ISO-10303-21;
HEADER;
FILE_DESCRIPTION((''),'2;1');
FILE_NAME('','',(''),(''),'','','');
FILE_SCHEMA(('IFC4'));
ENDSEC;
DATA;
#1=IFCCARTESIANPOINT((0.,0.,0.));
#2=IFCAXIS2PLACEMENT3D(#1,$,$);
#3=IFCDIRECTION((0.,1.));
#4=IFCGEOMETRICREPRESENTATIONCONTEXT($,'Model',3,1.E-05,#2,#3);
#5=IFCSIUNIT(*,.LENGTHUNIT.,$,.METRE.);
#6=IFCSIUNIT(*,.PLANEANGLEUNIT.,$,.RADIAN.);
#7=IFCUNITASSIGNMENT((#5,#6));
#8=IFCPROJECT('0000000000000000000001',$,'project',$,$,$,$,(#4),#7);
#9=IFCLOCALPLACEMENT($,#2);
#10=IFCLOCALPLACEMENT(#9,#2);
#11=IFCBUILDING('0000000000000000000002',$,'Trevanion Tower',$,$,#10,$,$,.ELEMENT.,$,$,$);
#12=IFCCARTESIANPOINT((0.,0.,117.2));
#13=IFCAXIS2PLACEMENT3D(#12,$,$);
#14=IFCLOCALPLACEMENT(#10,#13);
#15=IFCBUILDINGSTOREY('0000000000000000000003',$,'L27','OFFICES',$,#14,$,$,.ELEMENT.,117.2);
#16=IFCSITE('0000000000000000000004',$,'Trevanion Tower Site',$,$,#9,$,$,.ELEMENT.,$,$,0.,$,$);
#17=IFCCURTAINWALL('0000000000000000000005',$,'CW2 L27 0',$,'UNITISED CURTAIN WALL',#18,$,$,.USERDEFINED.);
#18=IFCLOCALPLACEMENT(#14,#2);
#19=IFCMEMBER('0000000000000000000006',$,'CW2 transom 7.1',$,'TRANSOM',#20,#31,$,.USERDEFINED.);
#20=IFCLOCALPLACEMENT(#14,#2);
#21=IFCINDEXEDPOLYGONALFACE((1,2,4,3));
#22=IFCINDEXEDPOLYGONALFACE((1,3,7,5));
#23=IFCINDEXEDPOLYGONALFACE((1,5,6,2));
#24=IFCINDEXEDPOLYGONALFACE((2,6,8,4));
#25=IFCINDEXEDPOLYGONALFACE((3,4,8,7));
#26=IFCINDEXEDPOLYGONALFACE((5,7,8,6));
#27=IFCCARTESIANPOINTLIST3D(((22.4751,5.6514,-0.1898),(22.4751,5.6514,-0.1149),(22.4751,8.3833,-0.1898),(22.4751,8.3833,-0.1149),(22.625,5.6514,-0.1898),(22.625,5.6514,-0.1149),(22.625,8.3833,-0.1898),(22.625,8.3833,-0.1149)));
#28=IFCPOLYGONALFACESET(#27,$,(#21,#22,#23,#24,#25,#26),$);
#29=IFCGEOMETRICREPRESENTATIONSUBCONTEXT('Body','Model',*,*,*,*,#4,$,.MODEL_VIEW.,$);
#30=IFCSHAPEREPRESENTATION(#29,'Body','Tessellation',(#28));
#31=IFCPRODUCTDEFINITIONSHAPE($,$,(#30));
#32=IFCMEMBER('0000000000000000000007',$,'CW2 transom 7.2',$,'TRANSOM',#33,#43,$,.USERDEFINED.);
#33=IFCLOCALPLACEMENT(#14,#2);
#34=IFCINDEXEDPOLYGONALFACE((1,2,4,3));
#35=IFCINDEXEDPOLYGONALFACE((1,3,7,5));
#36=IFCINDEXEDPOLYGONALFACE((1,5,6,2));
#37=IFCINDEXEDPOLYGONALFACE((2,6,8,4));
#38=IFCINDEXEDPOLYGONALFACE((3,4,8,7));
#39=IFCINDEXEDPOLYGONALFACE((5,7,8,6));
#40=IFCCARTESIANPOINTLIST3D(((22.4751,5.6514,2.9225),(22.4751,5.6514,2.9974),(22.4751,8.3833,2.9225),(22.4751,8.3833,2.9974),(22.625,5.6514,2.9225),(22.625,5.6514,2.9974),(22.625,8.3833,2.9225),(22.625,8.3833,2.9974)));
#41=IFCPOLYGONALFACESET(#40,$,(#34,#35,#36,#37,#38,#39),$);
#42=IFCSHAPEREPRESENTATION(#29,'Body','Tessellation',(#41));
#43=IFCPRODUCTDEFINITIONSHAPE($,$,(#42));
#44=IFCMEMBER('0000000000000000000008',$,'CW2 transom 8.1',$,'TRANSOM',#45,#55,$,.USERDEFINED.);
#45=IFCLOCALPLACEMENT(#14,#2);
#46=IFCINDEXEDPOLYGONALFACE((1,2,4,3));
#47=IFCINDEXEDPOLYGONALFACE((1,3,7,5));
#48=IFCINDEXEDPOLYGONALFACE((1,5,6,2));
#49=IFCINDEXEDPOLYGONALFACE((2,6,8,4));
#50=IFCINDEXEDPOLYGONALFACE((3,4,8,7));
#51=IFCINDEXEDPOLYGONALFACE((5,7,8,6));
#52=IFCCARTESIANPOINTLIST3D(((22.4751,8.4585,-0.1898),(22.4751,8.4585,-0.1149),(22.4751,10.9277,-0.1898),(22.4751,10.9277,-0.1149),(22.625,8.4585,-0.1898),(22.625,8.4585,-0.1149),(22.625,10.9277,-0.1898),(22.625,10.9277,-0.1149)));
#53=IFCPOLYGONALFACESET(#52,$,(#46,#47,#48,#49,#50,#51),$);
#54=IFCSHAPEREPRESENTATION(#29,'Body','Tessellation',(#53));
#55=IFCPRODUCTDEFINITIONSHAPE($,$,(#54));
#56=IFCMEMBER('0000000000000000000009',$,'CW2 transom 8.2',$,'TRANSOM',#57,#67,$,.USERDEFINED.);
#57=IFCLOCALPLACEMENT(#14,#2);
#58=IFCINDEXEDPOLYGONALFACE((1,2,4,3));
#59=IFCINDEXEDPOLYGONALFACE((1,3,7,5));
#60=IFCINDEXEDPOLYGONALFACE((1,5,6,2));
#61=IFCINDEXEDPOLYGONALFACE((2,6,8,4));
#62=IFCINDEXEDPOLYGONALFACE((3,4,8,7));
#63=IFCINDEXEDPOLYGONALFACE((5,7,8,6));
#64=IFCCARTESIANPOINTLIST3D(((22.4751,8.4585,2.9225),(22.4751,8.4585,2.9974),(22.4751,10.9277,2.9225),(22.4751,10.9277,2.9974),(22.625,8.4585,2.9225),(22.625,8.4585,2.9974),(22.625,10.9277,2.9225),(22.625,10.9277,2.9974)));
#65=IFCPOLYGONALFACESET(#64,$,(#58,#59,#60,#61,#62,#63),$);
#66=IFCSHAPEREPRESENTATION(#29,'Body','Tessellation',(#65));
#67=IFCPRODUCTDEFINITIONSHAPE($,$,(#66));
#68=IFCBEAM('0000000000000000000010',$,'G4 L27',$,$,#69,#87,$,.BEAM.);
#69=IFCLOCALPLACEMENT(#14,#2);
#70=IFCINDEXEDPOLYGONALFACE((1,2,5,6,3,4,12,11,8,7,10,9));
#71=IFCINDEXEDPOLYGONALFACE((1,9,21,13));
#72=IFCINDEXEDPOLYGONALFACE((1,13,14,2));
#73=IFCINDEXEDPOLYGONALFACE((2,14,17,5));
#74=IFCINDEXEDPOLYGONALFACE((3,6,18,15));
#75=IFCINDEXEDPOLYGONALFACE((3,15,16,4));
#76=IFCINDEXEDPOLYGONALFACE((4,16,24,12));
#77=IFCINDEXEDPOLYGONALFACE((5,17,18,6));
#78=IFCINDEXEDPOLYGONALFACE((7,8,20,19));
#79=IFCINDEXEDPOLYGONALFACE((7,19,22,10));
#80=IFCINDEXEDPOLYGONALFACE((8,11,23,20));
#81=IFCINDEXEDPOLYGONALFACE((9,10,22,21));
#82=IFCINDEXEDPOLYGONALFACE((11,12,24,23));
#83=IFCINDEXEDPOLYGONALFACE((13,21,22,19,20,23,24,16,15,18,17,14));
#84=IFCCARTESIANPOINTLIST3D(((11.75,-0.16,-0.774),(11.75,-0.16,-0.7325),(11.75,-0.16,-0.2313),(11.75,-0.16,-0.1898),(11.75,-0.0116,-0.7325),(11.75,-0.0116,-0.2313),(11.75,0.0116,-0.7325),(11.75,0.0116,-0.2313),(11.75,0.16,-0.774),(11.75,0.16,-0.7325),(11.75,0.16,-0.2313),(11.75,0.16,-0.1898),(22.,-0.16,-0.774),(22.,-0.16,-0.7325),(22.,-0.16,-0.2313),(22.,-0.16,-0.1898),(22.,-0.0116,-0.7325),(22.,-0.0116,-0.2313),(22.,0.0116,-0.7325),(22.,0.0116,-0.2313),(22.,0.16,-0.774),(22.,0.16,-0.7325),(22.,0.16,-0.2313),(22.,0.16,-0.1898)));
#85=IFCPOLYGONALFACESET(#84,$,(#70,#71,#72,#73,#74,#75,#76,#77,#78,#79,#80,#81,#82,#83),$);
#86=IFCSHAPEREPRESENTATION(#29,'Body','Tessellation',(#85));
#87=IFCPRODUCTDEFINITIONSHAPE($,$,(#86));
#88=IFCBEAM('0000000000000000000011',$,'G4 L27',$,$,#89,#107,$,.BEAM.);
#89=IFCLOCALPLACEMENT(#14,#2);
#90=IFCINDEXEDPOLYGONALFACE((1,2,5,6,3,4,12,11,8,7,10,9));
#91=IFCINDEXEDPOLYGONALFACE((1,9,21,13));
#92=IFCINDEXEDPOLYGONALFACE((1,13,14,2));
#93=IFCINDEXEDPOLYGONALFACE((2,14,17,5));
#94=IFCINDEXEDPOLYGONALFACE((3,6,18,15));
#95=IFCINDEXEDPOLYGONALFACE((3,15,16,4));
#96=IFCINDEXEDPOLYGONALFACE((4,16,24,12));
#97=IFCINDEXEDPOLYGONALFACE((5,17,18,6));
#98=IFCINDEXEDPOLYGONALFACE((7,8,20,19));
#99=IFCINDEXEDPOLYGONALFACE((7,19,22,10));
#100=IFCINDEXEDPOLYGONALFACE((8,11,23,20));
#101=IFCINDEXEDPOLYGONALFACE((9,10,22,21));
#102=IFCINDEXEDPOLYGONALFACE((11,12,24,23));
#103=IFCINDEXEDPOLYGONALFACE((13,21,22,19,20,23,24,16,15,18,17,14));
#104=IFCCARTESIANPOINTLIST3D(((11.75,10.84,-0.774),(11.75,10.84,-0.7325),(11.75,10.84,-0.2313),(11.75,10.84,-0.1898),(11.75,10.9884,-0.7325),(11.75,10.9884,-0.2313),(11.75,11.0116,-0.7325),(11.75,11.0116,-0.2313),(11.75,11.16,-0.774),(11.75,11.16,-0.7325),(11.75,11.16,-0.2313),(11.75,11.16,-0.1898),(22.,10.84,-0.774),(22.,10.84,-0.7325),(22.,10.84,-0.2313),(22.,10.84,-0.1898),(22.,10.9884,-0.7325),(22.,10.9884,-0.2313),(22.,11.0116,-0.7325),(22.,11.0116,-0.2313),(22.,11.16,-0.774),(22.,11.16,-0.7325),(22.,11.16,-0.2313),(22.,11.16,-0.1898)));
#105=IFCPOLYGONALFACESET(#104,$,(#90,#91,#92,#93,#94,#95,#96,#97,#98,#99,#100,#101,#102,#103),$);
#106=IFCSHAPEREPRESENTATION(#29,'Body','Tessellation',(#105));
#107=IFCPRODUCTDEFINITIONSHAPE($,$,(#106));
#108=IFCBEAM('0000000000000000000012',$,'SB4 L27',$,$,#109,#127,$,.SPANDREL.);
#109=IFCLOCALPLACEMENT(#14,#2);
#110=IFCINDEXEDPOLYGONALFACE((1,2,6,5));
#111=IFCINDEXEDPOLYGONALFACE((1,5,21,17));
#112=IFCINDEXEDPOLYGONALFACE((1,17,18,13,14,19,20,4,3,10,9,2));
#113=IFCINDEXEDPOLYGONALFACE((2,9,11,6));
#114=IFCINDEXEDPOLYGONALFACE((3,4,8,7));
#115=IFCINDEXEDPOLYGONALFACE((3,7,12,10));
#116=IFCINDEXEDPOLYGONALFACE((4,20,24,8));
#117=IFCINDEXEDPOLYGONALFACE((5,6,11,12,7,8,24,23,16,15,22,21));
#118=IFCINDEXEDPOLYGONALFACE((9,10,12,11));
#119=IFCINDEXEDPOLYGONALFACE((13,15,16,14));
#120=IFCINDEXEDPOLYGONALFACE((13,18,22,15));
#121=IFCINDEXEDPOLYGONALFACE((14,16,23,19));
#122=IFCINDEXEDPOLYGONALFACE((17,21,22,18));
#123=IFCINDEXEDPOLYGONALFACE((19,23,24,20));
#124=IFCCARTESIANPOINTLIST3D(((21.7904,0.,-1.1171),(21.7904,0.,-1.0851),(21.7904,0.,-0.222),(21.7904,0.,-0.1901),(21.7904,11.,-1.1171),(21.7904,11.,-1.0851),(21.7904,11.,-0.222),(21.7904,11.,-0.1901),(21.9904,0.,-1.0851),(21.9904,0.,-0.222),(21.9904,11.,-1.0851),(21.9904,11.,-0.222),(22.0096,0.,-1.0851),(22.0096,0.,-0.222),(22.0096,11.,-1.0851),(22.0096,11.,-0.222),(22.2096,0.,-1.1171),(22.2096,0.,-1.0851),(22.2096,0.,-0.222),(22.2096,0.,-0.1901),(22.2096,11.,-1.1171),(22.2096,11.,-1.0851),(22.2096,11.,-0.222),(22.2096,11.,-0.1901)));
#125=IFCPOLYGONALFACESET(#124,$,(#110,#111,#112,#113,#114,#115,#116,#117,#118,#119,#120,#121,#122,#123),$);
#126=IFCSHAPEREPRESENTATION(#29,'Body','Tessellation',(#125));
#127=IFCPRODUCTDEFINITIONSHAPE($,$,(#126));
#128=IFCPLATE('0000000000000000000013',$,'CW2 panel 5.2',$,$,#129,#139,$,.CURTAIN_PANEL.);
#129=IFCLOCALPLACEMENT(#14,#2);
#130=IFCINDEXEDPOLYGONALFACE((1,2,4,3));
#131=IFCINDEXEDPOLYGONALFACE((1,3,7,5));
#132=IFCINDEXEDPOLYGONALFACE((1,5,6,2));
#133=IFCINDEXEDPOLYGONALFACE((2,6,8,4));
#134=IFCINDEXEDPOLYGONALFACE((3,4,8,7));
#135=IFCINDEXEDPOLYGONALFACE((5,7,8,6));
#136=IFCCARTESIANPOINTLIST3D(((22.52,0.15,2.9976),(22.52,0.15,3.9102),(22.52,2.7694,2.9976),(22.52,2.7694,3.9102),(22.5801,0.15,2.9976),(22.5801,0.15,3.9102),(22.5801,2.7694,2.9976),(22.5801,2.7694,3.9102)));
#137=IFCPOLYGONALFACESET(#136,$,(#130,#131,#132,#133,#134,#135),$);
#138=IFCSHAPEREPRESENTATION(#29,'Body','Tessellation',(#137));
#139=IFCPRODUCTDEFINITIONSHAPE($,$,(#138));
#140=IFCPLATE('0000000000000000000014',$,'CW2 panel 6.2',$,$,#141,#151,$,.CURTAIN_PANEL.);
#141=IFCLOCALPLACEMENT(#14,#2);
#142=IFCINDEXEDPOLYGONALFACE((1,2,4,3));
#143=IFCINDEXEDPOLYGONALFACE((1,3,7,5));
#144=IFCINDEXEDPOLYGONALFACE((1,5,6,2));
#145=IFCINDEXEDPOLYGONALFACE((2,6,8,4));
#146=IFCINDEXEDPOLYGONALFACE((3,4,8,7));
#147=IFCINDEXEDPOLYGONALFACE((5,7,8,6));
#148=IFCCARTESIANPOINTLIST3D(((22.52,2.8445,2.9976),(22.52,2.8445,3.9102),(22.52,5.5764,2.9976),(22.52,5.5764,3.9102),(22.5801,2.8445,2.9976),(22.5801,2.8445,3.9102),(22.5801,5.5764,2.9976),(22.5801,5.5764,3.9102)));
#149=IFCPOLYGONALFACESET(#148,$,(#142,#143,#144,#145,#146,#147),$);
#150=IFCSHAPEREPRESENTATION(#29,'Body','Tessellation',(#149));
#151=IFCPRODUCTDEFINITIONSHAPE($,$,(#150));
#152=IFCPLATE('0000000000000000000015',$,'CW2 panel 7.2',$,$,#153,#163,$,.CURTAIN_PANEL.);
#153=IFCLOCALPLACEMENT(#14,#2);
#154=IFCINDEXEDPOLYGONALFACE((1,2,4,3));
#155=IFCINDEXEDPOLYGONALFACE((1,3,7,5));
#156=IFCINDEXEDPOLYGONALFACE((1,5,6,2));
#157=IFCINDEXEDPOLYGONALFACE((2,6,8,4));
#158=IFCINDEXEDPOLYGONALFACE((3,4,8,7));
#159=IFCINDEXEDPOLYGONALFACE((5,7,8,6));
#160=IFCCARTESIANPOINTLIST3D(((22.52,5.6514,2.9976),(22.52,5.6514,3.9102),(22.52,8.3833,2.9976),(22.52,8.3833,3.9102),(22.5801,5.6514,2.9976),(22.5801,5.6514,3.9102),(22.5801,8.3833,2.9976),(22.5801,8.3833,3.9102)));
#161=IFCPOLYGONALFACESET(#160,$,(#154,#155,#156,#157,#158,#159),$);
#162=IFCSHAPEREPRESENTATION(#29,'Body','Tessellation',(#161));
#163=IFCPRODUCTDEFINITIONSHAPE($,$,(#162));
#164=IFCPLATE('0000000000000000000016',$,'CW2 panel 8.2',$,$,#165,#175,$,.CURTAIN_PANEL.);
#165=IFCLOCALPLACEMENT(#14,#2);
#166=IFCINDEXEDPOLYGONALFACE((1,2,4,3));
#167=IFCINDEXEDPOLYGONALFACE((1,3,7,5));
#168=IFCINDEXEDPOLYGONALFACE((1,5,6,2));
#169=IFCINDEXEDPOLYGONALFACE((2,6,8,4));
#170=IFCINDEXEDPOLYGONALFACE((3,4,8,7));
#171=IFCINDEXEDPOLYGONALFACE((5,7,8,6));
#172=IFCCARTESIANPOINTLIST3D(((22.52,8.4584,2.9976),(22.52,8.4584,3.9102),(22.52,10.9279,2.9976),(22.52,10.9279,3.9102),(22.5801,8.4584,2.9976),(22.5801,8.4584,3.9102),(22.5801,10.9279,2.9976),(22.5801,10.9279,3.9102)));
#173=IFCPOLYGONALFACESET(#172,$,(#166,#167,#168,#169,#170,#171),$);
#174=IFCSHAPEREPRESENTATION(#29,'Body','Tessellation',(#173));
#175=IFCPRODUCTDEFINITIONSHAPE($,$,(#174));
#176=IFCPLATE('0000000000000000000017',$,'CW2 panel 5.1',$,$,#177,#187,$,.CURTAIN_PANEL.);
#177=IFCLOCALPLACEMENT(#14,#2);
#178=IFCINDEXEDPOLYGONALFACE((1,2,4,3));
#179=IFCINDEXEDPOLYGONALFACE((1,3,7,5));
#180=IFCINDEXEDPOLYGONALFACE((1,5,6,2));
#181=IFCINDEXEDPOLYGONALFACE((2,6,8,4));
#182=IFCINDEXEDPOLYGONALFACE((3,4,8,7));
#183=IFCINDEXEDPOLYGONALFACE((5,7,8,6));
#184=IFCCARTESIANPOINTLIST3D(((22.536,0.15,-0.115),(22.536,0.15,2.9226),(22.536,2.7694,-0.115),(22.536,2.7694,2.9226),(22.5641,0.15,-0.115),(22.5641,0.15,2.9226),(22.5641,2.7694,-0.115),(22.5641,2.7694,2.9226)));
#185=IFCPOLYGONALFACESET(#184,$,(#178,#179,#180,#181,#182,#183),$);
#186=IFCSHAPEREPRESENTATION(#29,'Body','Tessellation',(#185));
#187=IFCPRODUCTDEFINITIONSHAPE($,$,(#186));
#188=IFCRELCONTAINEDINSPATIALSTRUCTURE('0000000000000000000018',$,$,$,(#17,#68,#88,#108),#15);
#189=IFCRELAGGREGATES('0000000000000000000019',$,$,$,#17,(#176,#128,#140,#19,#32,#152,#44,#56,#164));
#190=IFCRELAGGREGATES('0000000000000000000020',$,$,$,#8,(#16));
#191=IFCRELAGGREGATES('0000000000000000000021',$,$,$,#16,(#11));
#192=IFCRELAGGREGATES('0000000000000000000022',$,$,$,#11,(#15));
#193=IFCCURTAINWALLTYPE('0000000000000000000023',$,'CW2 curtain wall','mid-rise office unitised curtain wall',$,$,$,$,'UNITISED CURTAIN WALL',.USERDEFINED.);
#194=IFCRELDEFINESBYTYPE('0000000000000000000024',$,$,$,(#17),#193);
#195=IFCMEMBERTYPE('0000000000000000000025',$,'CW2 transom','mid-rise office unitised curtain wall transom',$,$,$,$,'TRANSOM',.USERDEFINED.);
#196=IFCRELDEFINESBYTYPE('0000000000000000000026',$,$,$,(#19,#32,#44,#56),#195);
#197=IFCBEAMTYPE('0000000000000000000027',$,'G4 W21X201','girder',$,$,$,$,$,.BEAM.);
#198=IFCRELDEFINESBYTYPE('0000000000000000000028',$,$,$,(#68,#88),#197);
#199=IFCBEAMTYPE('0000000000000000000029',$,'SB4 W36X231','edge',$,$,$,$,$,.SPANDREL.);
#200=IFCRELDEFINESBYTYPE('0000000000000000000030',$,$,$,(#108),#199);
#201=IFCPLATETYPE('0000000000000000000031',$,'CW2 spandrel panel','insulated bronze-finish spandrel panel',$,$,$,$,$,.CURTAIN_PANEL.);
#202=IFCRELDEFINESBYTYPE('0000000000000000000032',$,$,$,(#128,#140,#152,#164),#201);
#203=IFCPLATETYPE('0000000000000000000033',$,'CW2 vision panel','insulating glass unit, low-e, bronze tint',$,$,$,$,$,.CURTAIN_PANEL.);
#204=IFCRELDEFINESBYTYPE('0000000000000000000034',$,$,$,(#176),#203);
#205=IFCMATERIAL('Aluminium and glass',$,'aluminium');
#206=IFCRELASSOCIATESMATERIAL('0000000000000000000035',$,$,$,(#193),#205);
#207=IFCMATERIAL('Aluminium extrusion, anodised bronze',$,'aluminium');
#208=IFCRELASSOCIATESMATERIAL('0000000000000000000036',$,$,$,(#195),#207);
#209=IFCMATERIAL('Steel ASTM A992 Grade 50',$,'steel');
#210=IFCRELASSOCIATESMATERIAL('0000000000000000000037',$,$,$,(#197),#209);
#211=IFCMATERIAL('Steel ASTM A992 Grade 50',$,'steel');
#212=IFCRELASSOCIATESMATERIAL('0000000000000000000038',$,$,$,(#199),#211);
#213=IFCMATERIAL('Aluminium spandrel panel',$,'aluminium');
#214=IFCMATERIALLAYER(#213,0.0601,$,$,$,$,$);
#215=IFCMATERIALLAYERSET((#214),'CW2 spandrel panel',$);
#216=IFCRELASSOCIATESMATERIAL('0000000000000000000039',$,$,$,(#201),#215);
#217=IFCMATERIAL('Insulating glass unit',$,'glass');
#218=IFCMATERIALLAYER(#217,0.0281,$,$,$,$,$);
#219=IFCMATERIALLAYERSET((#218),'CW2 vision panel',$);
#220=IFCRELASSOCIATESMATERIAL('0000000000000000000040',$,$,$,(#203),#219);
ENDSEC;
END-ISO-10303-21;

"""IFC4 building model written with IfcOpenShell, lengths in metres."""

from ifc_helpers import new_model, si_unit, direction, frame, origin, origin_2d, place, context, subcontext, project, spatial, rectangle, i_section, extrude, material, layer, layer_set, material_profile, profile_set, type_object, element, aggregate, save


model = new_model("IFC4")

# Units and contexts
model_context = context("Model", 3, precision=1e-05, world=origin(), true_north=direction((0.0, 1.0)))
body_context = subcontext(model_context, "Body", "Model", "MODEL_VIEW")
ifc_project = project(units=[si_unit("LENGTHUNIT", "METRE"), si_unit("PLANEANGLEUNIT", "RADIAN")], contexts=[model_context])

# Site, building, storey
site_placement = place(None, origin())
site = spatial("IfcSite", under=ifc_project, at=site_placement, Name="Trevanion Tower Site", CompositionType="ELEMENT", RefElevation=0.0)
building_placement = place(site_placement, origin())
building = spatial("IfcBuilding", under=site, at=building_placement, Name="Trevanion Tower", CompositionType="ELEMENT")
storey_placement = place(building_placement, frame((0.0, 0.0, 117.2)))
storey = spatial("IfcBuildingStorey", under=building, at=storey_placement, Name="L27", Description="OFFICES", CompositionType="ELEMENT", Elevation=117.2)

# Curtain wall, members
ifc_material_1 = material(Name="Aluminium and glass", Category="aluminium")
curtain_wall_type = type_object("IfcCurtainWallType", Name="CW2 curtain wall", Description="mid-rise office unitised curtain wall", ElementType="UNITISED CURTAIN WALL", PredefinedType="USERDEFINED", material=ifc_material_1)
curtain_wall_placement = place(storey_placement, origin())
curtain_wall = element("IfcCurtainWall", 1, at=curtain_wall_placement, inside=storey, type_object=curtain_wall_type, Name="CW2 L27 0", ObjectType="UNITISED CURTAIN WALL", PredefinedType="USERDEFINED")
ifc_material_2 = material(Name="Aluminium extrusion, anodised bronze", Category="aluminium")
ifc_material_profile_1 = material_profile(ifc_material_2, rectangle(XDim=0.1499, YDim=0.075, at=origin_2d()), Name="CW2 transom")
ifc_profile_set_1 = profile_set([ifc_material_profile_1], Name="Aluminium extrusion, anodised bronze")
member_type_1 = type_object("IfcMemberType", Name="CW2 transom", Description="mid-rise office unitised curtain wall transom", ElementType="TRANSOM", PredefinedType="USERDEFINED", material=ifc_profile_set_1)
member_1_placement = place(storey_placement, frame((22.55, 5.6514, -0.1523), z_axis=(0.0, 1.0, 0.0), x_axis=(-1.0, 0.0, 0.0)))
member_1 = element("IfcMember", 2, at=member_1_placement, type_object=member_type_1, Name="CW2 transom 7.1", ObjectType="TRANSOM", PredefinedType="USERDEFINED", context=body_context, shape_type="SweptSolid", body=[
    extrude(rectangle(XDim=0.1499, YDim=0.075, at=origin_2d()), origin(), (0.0, 0.0, 1.0), 2.7319),
])
member_2_placement = place(storey_placement, frame((22.55, 5.6514, 2.96), z_axis=(0.0, 1.0, 0.0), x_axis=(-1.0, 0.0, 0.0)))
member_2 = element("IfcMember", 3, at=member_2_placement, type_object=member_type_1, Name="CW2 transom 7.2", ObjectType="TRANSOM", PredefinedType="USERDEFINED", context=body_context, shape_type="SweptSolid", body=[
    extrude(rectangle(XDim=0.1499, YDim=0.075, at=origin_2d()), origin(), (0.0, 0.0, 1.0), 2.7319),
])
member_3_placement = place(storey_placement, frame((22.55, 8.4585, -0.1523), z_axis=(0.0, 1.0, 0.0), x_axis=(-1.0, 0.0, 0.0)))
member_3 = element("IfcMember", 4, at=member_3_placement, type_object=member_type_1, Name="CW2 transom 8.1", ObjectType="TRANSOM", PredefinedType="USERDEFINED", context=body_context, shape_type="SweptSolid", body=[
    extrude(rectangle(XDim=0.1499, YDim=0.075, at=origin_2d()), origin(), (0.0, 0.0, 1.0), 2.4692),
])
member_4_placement = place(storey_placement, frame((22.55, 8.4585, 2.96), z_axis=(0.0, 1.0, 0.0), x_axis=(-1.0, 0.0, 0.0)))
member_4 = element("IfcMember", 5, at=member_4_placement, type_object=member_type_1, Name="CW2 transom 8.2", ObjectType="TRANSOM", PredefinedType="USERDEFINED", context=body_context, shape_type="SweptSolid", body=[
    extrude(rectangle(XDim=0.1499, YDim=0.075, at=origin_2d()), origin(), (0.0, 0.0, 1.0), 2.4692),
])

# Beams
ifc_material_3 = material(Name="Steel ASTM A992 Grade 50", Category="steel")
ifc_material_profile_2 = material_profile(ifc_material_3, i_section(OverallWidth=0.3201, OverallDepth=0.5842, WebThickness=0.0232, FlangeThickness=0.0415, at=origin_2d()), Name="W21X201")
ifc_profile_set_2 = profile_set([ifc_material_profile_2], Name="Steel ASTM A992 Grade 50")
beam_type_1 = type_object("IfcBeamType", Name="G4 W21X201", Description="girder", PredefinedType="BEAM", material=ifc_profile_set_2)
for number, where, z_axis, x_axis, name in (
    (6, (11.75, 0.0, -0.4819), (1.0, 0.0, 0.0), (0.0, 1.0, 0.0), "G4 L27"),
    (7, (11.75, 11.0, -0.4819), (1.0, 0.0, 0.0), (0.0, 1.0, 0.0), "G4 L27"),
):
    element("IfcBeam", number, at=place(storey_placement, frame(where, z_axis=z_axis, x_axis=x_axis)), inside=storey, type_object=beam_type_1, Name=name, PredefinedType="BEAM", context=body_context, shape_type="SweptSolid", body=[
        extrude(i_section(OverallWidth=0.3201, OverallDepth=0.5842, WebThickness=0.0232, FlangeThickness=0.0415, at=origin_2d()), origin(), (0.0, 0.0, 1.0), 10.25),
    ])
ifc_material_4 = material(Name="Steel ASTM A992 Grade 50", Category="steel")
ifc_material_profile_3 = material_profile(ifc_material_4, i_section(OverallWidth=0.4192, OverallDepth=0.927, WebThickness=0.0193, FlangeThickness=0.032, at=origin_2d()), Name="W36X231")
ifc_profile_set_3 = profile_set([ifc_material_profile_3], Name="Steel ASTM A992 Grade 50")
beam_type_2 = type_object("IfcBeamType", Name="SB4 W36X231", Description="edge", PredefinedType="SPANDREL", material=ifc_profile_set_3)
beam_placement = place(storey_placement, frame((22.0, 0.0, -0.6536), z_axis=(0.0, 1.0, 0.0), x_axis=(-1.0, 0.0, 0.0)))
element("IfcBeam", 8, at=beam_placement, inside=storey, type_object=beam_type_2, Name="SB4 L27", PredefinedType="SPANDREL", context=body_context, shape_type="SweptSolid", body=[
    extrude(i_section(OverallWidth=0.4192, OverallDepth=0.927, WebThickness=0.0193, FlangeThickness=0.032, at=origin_2d()), origin(), (0.0, 0.0, 1.0), 11.0),
])

# Plates
ifc_material_5 = material(Name="Aluminium spandrel panel", Category="aluminium")
ifc_layer_1 = layer(ifc_material_5, 0.0601)
ifc_layer_set_1 = layer_set([ifc_layer_1], Name="CW2 spandrel panel")
plate_type_1 = type_object("IfcPlateType", Name="CW2 spandrel panel", Description="insulated bronze-finish spandrel panel", PredefinedType="CURTAIN_PANEL", material=ifc_layer_set_1)
plate_1_placement = place(storey_placement, frame((22.55, 1.4597, 2.9976), z_axis=(0.0, 0.0, 1.0), x_axis=(0.0, 1.0, 0.0)))
plate_1 = element("IfcPlate", 9, at=plate_1_placement, type_object=plate_type_1, Name="CW2 panel 5.2", PredefinedType="CURTAIN_PANEL", context=body_context, shape_type="SweptSolid", body=[
    extrude(rectangle(XDim=2.6194, YDim=0.0601, at=origin_2d()), origin(), (0.0, 0.0, 1.0), 0.9126),
])
plate_2_placement = place(storey_placement, frame((22.55, 4.2104, 2.9976), z_axis=(0.0, 0.0, 1.0), x_axis=(0.0, 1.0, 0.0)))
plate_2 = element("IfcPlate", 10, at=plate_2_placement, type_object=plate_type_1, Name="CW2 panel 6.2", PredefinedType="CURTAIN_PANEL", context=body_context, shape_type="SweptSolid", body=[
    extrude(rectangle(XDim=2.7319, YDim=0.0601, at=origin_2d()), origin(), (0.0, 0.0, 1.0), 0.9126),
])
plate_3_placement = place(storey_placement, frame((22.55, 7.0173, 2.9976), z_axis=(0.0, 0.0, 1.0), x_axis=(0.0, 1.0, 0.0)))
plate_3 = element("IfcPlate", 11, at=plate_3_placement, type_object=plate_type_1, Name="CW2 panel 7.2", PredefinedType="CURTAIN_PANEL", context=body_context, shape_type="SweptSolid", body=[
    extrude(rectangle(XDim=2.7319, YDim=0.0601, at=origin_2d()), origin(), (0.0, 0.0, 1.0), 0.9126),
])
plate_4_placement = place(storey_placement, frame((22.55, 9.6931, 2.9976), z_axis=(0.0, 0.0, 1.0), x_axis=(0.0, 1.0, 0.0)))
plate_4 = element("IfcPlate", 12, at=plate_4_placement, type_object=plate_type_1, Name="CW2 panel 8.2", PredefinedType="CURTAIN_PANEL", context=body_context, shape_type="SweptSolid", body=[
    extrude(rectangle(XDim=2.4695, YDim=0.0601, at=origin_2d()), origin(), (0.0, 0.0, 1.0), 0.9126),
])
ifc_material_6 = material(Name="Insulating glass unit", Category="glass")
ifc_layer_2 = layer(ifc_material_6, 0.0281)
ifc_layer_set_2 = layer_set([ifc_layer_2], Name="CW2 vision panel")
plate_type_2 = type_object("IfcPlateType", Name="CW2 vision panel", Description="insulating glass unit, low-e, bronze tint", PredefinedType="CURTAIN_PANEL", material=ifc_layer_set_2)
plate_5_placement = place(storey_placement, frame((22.55, 1.4597, -0.115), z_axis=(0.0, 0.0, 1.0), x_axis=(0.0, 1.0, 0.0)))
plate_5 = element("IfcPlate", 13, at=plate_5_placement, type_object=plate_type_2, Name="CW2 panel 5.1", PredefinedType="CURTAIN_PANEL", context=body_context, shape_type="SweptSolid", body=[
    extrude(rectangle(XDim=2.6194, YDim=0.0281, at=origin_2d()), origin(), (0.0, 0.0, 1.0), 3.0376),
])
aggregate(curtain_wall, [plate_5, plate_1, plate_2, member_1, member_2, plate_3, member_3, member_4, plate_4])

save(model, "model.ifc")
